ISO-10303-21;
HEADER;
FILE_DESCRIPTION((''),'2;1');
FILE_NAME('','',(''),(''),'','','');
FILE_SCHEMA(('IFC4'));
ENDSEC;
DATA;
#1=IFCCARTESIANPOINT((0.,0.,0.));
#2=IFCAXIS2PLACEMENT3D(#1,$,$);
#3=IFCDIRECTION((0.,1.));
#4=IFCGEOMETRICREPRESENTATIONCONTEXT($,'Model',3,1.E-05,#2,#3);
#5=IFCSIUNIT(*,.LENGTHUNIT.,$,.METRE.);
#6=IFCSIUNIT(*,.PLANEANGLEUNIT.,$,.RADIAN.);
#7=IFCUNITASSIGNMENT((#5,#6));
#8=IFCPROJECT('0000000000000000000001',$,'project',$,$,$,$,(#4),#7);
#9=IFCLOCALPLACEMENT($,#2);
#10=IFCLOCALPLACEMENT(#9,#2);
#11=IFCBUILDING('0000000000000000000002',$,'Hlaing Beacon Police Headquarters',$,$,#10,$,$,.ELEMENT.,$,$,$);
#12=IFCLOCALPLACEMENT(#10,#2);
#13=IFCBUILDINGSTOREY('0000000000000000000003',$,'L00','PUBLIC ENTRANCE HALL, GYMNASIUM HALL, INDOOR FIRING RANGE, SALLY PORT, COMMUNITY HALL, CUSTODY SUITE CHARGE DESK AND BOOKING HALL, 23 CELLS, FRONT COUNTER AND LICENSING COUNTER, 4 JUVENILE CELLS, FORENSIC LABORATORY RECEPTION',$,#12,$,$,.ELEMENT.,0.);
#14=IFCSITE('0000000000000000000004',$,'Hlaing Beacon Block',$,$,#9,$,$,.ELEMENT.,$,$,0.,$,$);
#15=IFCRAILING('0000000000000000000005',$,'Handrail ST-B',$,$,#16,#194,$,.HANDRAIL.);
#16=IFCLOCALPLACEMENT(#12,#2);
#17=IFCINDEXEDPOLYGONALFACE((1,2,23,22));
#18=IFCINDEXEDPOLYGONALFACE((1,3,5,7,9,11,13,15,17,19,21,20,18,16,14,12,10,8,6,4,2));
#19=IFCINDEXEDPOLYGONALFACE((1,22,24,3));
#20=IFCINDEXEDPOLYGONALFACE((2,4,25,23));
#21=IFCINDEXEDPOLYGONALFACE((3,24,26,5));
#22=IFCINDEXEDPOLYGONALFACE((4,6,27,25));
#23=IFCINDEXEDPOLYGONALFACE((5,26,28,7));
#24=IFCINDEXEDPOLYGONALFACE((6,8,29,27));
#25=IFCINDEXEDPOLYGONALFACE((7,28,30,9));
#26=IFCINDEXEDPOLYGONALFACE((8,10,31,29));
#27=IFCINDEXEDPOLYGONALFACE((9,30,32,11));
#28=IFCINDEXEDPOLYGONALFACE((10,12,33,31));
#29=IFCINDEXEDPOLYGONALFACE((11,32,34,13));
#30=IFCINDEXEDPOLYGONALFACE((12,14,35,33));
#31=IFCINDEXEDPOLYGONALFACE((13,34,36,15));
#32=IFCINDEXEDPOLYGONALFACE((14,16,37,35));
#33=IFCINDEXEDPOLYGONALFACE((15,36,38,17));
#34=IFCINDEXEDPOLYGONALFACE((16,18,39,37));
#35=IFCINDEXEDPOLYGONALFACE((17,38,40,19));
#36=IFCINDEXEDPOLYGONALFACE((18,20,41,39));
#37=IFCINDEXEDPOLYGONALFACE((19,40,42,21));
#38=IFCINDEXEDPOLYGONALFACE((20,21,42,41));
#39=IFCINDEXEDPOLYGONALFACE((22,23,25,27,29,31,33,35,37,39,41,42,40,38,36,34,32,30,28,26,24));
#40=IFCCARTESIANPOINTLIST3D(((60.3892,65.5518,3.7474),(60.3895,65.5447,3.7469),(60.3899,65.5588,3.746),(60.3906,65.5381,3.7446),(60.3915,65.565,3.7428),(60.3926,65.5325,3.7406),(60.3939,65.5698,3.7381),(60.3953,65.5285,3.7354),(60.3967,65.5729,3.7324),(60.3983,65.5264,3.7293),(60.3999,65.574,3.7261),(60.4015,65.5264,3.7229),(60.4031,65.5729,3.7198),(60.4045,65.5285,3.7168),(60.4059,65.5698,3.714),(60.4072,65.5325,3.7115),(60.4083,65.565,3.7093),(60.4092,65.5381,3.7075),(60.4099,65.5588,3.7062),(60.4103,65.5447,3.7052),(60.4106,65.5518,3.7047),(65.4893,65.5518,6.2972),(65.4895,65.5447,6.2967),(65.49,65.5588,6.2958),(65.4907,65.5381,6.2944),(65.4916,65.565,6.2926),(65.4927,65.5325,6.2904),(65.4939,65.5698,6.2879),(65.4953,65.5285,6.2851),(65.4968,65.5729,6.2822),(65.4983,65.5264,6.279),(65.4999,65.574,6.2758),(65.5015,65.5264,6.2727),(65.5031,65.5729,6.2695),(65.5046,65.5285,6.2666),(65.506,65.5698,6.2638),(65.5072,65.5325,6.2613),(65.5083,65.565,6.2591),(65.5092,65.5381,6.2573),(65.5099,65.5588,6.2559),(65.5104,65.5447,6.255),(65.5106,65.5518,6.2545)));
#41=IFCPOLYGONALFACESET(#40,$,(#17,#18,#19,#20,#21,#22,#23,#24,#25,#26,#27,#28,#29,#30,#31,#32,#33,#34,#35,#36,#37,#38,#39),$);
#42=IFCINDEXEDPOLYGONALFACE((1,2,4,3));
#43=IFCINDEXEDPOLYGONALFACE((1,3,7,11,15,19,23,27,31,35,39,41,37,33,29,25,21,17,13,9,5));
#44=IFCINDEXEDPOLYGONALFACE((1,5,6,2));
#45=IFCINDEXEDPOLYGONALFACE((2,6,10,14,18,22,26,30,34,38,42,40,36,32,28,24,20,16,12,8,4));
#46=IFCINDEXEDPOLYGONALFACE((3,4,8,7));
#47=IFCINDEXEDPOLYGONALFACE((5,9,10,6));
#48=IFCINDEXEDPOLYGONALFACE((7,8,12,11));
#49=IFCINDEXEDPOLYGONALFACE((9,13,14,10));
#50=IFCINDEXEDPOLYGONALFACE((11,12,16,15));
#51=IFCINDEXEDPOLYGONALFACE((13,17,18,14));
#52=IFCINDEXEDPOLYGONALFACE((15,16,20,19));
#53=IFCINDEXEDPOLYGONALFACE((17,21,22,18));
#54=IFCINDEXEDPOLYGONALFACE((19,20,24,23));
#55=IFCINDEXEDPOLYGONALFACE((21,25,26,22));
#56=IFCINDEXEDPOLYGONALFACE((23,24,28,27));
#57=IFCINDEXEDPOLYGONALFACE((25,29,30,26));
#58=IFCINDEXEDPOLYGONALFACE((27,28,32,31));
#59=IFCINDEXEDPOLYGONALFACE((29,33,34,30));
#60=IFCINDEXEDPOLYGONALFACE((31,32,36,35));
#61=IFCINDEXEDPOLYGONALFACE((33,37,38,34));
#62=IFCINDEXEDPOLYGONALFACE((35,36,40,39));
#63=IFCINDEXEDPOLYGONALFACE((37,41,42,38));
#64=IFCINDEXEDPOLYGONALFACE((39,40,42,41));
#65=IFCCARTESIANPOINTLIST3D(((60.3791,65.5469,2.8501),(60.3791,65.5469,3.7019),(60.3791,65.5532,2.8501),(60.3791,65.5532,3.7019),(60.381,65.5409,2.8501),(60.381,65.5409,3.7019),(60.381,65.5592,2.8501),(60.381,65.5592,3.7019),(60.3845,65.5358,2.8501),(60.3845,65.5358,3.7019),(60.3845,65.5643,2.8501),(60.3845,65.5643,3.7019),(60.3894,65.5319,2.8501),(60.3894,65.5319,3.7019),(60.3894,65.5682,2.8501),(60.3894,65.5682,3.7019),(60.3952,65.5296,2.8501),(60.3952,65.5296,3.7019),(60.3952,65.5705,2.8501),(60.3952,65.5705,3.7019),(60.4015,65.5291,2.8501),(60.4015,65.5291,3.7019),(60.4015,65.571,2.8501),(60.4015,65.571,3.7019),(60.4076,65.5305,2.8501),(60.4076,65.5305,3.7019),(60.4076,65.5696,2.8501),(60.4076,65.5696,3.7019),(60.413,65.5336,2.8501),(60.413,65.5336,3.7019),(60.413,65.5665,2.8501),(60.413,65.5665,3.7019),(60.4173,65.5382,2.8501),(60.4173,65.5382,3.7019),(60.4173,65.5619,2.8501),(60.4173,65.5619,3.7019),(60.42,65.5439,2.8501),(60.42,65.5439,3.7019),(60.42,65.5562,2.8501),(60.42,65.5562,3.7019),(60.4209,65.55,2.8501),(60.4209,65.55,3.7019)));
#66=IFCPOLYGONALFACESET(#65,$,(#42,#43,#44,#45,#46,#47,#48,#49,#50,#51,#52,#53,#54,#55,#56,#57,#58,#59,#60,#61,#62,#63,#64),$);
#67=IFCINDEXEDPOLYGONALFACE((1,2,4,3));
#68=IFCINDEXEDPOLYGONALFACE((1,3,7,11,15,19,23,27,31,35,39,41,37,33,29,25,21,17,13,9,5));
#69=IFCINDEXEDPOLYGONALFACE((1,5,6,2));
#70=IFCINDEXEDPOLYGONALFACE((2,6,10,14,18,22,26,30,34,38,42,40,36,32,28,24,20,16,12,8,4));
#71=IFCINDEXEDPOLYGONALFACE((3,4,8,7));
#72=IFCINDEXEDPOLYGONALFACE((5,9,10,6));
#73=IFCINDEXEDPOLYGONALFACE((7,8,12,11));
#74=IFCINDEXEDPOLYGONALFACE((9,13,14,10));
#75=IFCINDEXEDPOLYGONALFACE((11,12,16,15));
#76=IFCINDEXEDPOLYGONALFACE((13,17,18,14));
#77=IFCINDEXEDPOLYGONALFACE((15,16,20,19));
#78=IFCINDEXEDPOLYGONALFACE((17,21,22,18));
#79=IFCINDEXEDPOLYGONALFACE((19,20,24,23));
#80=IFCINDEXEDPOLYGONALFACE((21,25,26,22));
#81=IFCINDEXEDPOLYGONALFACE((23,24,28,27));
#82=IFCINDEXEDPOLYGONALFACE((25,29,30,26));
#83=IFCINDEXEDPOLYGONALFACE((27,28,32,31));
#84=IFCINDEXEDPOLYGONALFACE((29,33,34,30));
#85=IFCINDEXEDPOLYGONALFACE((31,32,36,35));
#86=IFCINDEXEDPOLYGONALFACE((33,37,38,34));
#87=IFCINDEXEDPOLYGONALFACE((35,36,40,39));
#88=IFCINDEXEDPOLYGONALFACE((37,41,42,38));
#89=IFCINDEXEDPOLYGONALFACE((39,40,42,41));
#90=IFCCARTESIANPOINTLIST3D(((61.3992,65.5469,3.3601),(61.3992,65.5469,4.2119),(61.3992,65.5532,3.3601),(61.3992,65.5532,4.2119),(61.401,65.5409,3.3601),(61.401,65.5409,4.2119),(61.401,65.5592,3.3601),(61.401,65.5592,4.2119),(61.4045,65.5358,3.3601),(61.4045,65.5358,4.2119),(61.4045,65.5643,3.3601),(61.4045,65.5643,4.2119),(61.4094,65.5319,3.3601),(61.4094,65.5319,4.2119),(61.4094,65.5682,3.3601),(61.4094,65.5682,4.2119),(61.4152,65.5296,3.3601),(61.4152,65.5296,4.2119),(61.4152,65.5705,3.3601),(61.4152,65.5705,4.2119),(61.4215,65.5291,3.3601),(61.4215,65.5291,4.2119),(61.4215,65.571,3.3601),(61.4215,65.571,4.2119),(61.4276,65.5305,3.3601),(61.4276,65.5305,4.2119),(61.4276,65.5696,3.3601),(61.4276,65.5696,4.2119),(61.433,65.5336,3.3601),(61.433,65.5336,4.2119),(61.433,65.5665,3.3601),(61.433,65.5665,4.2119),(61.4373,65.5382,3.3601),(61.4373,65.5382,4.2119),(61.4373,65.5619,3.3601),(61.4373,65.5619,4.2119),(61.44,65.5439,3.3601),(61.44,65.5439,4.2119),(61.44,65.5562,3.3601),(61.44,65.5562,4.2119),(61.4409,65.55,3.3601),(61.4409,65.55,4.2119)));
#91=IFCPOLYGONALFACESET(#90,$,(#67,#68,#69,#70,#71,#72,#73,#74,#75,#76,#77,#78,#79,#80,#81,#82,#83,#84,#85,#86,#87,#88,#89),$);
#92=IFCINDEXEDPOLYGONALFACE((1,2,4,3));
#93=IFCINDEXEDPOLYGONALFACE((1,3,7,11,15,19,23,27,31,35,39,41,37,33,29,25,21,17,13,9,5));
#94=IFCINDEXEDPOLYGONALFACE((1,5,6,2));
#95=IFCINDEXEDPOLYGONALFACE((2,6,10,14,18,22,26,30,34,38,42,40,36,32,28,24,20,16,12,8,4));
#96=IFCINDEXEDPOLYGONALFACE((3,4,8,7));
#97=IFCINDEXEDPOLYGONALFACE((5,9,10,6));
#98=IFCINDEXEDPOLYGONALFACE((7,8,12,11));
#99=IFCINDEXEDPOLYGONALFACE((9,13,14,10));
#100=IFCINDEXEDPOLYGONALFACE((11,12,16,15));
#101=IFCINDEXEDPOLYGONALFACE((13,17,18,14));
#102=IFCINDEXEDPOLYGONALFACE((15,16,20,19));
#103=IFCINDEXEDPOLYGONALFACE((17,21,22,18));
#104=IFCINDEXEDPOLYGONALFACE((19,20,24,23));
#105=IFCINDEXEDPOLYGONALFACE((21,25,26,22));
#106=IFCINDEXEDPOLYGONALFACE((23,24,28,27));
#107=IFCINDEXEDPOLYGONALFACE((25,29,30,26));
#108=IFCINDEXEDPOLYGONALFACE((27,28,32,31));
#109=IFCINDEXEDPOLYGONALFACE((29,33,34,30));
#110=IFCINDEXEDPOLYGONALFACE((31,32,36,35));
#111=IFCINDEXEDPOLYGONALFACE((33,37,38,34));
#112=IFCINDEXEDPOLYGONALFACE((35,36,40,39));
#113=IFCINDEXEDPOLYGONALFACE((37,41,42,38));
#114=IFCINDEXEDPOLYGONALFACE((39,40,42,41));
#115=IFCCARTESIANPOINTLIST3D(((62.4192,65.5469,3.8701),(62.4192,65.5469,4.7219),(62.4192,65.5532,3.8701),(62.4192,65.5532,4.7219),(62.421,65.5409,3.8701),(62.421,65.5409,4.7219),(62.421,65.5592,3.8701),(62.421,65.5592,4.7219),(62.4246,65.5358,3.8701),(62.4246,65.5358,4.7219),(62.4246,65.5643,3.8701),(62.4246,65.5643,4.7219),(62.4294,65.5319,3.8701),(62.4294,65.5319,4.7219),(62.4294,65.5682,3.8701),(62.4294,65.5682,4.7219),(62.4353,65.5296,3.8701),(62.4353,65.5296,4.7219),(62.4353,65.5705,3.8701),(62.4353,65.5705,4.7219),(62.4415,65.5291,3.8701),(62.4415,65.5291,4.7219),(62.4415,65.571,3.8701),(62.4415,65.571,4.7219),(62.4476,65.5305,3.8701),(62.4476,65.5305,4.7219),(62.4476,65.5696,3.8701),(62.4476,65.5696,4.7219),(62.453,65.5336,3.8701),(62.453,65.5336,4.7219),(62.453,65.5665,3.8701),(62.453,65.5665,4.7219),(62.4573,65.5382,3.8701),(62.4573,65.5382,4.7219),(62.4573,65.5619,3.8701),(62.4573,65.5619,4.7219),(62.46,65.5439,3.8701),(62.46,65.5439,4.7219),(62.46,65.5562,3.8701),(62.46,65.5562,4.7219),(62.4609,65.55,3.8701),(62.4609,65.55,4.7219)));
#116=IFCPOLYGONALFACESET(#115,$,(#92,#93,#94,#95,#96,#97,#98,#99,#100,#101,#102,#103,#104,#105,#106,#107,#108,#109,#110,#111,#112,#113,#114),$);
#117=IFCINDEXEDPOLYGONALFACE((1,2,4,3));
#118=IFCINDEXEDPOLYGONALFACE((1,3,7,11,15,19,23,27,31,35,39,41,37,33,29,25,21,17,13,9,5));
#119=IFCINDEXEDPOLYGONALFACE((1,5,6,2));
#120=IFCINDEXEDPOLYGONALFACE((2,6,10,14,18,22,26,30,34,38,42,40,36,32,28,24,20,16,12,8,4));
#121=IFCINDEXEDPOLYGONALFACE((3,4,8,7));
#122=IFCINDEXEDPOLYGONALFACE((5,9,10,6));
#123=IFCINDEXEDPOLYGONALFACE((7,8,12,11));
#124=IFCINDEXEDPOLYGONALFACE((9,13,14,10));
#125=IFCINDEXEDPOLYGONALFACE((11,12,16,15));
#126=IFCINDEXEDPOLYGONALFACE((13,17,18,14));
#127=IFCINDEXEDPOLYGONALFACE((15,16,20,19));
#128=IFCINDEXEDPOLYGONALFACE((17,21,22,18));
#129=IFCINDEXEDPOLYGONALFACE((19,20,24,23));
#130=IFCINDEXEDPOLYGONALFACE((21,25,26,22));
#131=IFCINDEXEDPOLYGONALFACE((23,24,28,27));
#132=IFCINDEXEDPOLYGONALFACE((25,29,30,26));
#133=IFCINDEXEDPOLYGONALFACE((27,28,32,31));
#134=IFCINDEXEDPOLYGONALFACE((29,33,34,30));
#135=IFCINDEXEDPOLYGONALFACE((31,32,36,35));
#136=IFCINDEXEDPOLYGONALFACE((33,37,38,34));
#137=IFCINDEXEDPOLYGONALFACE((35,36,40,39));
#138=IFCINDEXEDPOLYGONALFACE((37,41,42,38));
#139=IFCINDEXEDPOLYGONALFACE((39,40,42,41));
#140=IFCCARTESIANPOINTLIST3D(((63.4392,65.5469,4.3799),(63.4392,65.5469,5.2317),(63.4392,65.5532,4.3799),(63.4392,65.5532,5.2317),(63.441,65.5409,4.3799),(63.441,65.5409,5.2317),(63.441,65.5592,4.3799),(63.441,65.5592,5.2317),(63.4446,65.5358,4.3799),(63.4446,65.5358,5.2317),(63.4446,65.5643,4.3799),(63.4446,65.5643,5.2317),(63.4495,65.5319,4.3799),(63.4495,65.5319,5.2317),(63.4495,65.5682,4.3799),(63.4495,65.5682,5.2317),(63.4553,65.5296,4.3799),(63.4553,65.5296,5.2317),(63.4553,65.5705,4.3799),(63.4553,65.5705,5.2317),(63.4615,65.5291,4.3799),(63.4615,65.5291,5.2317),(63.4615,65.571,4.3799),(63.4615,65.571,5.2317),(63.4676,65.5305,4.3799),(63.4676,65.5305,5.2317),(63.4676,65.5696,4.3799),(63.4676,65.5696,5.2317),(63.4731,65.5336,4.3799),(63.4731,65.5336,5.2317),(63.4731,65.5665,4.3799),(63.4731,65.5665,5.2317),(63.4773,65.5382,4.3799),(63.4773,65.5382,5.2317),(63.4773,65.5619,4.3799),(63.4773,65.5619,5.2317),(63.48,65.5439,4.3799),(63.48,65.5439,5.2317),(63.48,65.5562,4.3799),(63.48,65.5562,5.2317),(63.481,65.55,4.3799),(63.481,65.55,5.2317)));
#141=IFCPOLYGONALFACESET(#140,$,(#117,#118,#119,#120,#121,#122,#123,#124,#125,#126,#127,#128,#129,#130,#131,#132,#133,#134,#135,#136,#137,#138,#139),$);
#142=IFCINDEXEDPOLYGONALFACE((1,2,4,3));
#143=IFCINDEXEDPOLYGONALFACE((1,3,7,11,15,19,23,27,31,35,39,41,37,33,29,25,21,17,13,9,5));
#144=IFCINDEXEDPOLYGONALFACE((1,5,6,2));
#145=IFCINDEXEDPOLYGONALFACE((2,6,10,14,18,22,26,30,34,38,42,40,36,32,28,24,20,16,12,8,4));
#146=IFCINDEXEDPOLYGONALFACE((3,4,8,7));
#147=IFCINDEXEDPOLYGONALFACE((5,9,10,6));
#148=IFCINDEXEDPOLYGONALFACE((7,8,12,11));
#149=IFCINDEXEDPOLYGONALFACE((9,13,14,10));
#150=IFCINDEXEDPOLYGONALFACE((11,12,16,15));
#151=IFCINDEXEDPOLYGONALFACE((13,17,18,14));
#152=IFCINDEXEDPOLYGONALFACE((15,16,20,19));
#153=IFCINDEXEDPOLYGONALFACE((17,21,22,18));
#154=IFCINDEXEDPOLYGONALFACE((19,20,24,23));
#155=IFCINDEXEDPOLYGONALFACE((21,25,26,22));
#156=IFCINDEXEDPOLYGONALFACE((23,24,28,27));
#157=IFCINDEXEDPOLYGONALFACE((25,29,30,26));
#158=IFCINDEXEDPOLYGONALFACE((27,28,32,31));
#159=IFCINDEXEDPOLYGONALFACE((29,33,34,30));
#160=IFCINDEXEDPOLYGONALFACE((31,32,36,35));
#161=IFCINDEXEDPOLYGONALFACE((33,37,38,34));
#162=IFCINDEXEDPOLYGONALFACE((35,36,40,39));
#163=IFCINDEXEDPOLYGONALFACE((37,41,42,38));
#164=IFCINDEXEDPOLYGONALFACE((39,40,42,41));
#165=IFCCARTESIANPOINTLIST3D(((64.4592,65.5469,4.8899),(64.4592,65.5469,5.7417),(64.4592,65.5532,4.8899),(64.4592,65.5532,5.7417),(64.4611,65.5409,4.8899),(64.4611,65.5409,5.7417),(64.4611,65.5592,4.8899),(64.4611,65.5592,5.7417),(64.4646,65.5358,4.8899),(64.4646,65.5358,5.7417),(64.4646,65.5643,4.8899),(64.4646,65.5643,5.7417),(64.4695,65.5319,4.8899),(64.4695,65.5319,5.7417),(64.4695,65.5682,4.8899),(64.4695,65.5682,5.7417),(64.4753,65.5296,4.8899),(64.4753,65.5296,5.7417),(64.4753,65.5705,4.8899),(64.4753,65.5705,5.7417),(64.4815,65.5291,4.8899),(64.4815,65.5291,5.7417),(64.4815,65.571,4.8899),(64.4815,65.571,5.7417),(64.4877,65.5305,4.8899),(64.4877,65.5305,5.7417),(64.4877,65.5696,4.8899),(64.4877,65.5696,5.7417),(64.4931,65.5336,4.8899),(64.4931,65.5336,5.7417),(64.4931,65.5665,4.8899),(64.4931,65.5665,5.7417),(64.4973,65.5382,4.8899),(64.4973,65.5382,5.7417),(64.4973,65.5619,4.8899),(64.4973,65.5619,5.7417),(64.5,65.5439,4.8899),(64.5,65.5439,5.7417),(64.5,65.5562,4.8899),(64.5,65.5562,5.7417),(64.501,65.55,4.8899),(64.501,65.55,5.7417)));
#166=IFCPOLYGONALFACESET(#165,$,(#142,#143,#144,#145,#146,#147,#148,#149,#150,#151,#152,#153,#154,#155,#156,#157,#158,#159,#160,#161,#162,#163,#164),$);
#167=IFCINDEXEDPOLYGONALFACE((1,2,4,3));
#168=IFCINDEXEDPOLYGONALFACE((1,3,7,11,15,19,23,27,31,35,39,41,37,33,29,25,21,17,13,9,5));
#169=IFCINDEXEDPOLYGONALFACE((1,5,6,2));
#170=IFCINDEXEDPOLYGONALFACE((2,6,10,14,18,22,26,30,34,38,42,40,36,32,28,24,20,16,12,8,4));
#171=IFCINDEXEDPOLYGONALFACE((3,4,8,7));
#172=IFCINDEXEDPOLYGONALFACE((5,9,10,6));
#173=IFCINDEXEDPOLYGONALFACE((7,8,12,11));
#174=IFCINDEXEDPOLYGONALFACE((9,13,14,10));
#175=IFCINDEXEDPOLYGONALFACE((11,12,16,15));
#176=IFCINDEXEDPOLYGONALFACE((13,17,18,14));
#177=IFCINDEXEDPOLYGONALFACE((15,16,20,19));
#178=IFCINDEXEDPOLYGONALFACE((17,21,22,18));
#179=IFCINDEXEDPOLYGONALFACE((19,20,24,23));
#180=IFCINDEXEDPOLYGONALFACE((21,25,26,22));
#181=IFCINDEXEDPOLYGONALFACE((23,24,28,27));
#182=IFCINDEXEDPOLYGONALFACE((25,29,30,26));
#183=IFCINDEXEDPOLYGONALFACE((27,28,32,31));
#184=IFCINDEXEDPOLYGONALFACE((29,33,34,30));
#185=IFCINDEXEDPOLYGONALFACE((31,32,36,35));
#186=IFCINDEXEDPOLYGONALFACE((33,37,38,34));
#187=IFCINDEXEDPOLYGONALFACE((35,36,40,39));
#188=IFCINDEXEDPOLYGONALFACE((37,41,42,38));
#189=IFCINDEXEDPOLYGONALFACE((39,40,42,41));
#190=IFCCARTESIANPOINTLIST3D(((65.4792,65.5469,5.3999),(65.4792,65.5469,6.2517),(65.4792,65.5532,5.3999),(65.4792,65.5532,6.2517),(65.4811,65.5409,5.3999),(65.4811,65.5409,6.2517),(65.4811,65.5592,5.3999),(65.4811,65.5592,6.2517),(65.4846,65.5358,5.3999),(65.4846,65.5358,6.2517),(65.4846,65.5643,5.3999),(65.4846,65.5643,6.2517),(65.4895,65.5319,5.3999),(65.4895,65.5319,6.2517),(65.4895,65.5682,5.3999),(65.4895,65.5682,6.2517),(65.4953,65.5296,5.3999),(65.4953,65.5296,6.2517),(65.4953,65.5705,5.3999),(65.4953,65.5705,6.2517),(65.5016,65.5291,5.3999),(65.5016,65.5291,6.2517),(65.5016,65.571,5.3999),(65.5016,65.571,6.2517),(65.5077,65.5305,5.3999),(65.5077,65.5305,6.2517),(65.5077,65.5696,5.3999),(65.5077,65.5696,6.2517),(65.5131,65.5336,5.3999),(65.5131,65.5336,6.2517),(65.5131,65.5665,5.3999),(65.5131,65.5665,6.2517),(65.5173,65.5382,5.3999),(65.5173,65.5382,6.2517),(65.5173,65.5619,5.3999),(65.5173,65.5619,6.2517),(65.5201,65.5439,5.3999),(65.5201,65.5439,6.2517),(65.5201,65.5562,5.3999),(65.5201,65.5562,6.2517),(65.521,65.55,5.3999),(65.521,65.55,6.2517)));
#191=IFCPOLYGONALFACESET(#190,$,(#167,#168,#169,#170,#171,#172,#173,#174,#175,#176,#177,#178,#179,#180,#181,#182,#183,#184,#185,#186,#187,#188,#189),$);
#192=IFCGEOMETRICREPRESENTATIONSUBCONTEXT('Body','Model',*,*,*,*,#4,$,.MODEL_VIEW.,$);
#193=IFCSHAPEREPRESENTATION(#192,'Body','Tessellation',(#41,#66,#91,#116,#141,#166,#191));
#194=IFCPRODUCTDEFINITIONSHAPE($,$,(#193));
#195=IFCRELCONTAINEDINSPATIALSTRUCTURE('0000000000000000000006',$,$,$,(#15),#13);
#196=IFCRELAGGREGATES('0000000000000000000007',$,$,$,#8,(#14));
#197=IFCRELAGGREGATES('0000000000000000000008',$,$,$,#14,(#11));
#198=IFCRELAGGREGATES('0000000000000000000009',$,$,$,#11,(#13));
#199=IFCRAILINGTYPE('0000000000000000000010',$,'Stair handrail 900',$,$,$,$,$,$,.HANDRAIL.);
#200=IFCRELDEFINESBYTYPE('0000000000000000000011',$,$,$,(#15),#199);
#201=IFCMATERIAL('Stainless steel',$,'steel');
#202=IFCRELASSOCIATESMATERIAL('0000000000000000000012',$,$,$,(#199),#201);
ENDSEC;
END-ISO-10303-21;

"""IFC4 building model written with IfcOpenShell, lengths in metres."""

from ifc_helpers import new_model, si_unit, direction, frame, origin, origin_2d, place, context, subcontext, project, spatial, circle, extrude, material, type_object, element, save


model = new_model("IFC4")

# Units and contexts
model_context = context("Model", 3, precision=1e-05, world=origin(), true_north=direction((0.0, 1.0)))
body_context = subcontext(model_context, "Body", "Model", "MODEL_VIEW")
ifc_project = project(units=[si_unit("LENGTHUNIT", "METRE"), si_unit("PLANEANGLEUNIT", "RADIAN")], contexts=[model_context])

# Site, building, storey
site_placement = place(None, origin())
site = spatial("IfcSite", under=ifc_project, at=site_placement, Name="Hlaing Beacon Block", CompositionType="ELEMENT", RefElevation=0.0)
building_placement = place(site_placement, origin())
building = spatial("IfcBuilding", under=site, at=building_placement, Name="Hlaing Beacon Police Headquarters", CompositionType="ELEMENT")
storey_placement = place(building_placement, origin())
storey = spatial("IfcBuildingStorey", under=building, at=storey_placement, Name="L00", Description="PUBLIC ENTRANCE HALL, GYMNASIUM HALL, INDOOR FIRING RANGE, SALLY PORT, COMMUNITY HALL, CUSTODY SUITE CHARGE DESK AND BOOKING HALL, 23 CELLS, FRONT COUNTER AND LICENSING COUNTER, 4 JUVENILE CELLS, FORENSIC LABORATORY RECEPTION", CompositionType="ELEMENT", Elevation=0.0)

# Railing
ifc_material_1 = material(Name="Stainless steel", Category="steel")
railing_type_1 = type_object("IfcRailingType", Name="Stair handrail 900", PredefinedType="HANDRAIL", material=ifc_material_1)
for number, where, name in (
    (1, (60.3999, 65.55, 2.8501), "Handrail ST-B"),
):
    element("IfcRailing", number, at=place(storey_placement, frame(where)), inside=storey, type_object=railing_type_1, Name=name, PredefinedType="HANDRAIL", context=body_context, shape_type="SweptSolid", body=[
        extrude(circle(Radius=0.0239, at=origin_2d()), frame((0.0, 0.0, 0.876), z_axis=(0.894444, 0.0, 0.447179), x_axis=(0.0, 1.0, 0.0)), (0.0, 0.0, 1.0), 5.7019),
        extrude(circle(Radius=0.021, at=origin_2d()), origin(), (0.0, 0.0, 1.0), 0.8518),
        extrude(circle(Radius=0.021, at=origin_2d()), frame((1.02, 0.0, 0.51)), (0.0, 0.0, 1.0), 0.8518),
        extrude(circle(Radius=0.021, at=origin_2d()), frame((2.04, 0.0, 1.02)), (0.0, 0.0, 1.0), 0.8518),
        extrude(circle(Radius=0.021, at=origin_2d()), frame((3.0601, 0.0, 1.5298)), (0.0, 0.0, 1.0), 0.8518),
        extrude(circle(Radius=0.021, at=origin_2d()), frame((4.0801, 0.0, 2.0398)), (0.0, 0.0, 1.0), 0.8518),
        extrude(circle(Radius=0.021, at=origin_2d()), frame((5.1001, 0.0, 2.5498)), (0.0, 0.0, 1.0), 0.8518),
    ])

save(model, "model.ifc")
